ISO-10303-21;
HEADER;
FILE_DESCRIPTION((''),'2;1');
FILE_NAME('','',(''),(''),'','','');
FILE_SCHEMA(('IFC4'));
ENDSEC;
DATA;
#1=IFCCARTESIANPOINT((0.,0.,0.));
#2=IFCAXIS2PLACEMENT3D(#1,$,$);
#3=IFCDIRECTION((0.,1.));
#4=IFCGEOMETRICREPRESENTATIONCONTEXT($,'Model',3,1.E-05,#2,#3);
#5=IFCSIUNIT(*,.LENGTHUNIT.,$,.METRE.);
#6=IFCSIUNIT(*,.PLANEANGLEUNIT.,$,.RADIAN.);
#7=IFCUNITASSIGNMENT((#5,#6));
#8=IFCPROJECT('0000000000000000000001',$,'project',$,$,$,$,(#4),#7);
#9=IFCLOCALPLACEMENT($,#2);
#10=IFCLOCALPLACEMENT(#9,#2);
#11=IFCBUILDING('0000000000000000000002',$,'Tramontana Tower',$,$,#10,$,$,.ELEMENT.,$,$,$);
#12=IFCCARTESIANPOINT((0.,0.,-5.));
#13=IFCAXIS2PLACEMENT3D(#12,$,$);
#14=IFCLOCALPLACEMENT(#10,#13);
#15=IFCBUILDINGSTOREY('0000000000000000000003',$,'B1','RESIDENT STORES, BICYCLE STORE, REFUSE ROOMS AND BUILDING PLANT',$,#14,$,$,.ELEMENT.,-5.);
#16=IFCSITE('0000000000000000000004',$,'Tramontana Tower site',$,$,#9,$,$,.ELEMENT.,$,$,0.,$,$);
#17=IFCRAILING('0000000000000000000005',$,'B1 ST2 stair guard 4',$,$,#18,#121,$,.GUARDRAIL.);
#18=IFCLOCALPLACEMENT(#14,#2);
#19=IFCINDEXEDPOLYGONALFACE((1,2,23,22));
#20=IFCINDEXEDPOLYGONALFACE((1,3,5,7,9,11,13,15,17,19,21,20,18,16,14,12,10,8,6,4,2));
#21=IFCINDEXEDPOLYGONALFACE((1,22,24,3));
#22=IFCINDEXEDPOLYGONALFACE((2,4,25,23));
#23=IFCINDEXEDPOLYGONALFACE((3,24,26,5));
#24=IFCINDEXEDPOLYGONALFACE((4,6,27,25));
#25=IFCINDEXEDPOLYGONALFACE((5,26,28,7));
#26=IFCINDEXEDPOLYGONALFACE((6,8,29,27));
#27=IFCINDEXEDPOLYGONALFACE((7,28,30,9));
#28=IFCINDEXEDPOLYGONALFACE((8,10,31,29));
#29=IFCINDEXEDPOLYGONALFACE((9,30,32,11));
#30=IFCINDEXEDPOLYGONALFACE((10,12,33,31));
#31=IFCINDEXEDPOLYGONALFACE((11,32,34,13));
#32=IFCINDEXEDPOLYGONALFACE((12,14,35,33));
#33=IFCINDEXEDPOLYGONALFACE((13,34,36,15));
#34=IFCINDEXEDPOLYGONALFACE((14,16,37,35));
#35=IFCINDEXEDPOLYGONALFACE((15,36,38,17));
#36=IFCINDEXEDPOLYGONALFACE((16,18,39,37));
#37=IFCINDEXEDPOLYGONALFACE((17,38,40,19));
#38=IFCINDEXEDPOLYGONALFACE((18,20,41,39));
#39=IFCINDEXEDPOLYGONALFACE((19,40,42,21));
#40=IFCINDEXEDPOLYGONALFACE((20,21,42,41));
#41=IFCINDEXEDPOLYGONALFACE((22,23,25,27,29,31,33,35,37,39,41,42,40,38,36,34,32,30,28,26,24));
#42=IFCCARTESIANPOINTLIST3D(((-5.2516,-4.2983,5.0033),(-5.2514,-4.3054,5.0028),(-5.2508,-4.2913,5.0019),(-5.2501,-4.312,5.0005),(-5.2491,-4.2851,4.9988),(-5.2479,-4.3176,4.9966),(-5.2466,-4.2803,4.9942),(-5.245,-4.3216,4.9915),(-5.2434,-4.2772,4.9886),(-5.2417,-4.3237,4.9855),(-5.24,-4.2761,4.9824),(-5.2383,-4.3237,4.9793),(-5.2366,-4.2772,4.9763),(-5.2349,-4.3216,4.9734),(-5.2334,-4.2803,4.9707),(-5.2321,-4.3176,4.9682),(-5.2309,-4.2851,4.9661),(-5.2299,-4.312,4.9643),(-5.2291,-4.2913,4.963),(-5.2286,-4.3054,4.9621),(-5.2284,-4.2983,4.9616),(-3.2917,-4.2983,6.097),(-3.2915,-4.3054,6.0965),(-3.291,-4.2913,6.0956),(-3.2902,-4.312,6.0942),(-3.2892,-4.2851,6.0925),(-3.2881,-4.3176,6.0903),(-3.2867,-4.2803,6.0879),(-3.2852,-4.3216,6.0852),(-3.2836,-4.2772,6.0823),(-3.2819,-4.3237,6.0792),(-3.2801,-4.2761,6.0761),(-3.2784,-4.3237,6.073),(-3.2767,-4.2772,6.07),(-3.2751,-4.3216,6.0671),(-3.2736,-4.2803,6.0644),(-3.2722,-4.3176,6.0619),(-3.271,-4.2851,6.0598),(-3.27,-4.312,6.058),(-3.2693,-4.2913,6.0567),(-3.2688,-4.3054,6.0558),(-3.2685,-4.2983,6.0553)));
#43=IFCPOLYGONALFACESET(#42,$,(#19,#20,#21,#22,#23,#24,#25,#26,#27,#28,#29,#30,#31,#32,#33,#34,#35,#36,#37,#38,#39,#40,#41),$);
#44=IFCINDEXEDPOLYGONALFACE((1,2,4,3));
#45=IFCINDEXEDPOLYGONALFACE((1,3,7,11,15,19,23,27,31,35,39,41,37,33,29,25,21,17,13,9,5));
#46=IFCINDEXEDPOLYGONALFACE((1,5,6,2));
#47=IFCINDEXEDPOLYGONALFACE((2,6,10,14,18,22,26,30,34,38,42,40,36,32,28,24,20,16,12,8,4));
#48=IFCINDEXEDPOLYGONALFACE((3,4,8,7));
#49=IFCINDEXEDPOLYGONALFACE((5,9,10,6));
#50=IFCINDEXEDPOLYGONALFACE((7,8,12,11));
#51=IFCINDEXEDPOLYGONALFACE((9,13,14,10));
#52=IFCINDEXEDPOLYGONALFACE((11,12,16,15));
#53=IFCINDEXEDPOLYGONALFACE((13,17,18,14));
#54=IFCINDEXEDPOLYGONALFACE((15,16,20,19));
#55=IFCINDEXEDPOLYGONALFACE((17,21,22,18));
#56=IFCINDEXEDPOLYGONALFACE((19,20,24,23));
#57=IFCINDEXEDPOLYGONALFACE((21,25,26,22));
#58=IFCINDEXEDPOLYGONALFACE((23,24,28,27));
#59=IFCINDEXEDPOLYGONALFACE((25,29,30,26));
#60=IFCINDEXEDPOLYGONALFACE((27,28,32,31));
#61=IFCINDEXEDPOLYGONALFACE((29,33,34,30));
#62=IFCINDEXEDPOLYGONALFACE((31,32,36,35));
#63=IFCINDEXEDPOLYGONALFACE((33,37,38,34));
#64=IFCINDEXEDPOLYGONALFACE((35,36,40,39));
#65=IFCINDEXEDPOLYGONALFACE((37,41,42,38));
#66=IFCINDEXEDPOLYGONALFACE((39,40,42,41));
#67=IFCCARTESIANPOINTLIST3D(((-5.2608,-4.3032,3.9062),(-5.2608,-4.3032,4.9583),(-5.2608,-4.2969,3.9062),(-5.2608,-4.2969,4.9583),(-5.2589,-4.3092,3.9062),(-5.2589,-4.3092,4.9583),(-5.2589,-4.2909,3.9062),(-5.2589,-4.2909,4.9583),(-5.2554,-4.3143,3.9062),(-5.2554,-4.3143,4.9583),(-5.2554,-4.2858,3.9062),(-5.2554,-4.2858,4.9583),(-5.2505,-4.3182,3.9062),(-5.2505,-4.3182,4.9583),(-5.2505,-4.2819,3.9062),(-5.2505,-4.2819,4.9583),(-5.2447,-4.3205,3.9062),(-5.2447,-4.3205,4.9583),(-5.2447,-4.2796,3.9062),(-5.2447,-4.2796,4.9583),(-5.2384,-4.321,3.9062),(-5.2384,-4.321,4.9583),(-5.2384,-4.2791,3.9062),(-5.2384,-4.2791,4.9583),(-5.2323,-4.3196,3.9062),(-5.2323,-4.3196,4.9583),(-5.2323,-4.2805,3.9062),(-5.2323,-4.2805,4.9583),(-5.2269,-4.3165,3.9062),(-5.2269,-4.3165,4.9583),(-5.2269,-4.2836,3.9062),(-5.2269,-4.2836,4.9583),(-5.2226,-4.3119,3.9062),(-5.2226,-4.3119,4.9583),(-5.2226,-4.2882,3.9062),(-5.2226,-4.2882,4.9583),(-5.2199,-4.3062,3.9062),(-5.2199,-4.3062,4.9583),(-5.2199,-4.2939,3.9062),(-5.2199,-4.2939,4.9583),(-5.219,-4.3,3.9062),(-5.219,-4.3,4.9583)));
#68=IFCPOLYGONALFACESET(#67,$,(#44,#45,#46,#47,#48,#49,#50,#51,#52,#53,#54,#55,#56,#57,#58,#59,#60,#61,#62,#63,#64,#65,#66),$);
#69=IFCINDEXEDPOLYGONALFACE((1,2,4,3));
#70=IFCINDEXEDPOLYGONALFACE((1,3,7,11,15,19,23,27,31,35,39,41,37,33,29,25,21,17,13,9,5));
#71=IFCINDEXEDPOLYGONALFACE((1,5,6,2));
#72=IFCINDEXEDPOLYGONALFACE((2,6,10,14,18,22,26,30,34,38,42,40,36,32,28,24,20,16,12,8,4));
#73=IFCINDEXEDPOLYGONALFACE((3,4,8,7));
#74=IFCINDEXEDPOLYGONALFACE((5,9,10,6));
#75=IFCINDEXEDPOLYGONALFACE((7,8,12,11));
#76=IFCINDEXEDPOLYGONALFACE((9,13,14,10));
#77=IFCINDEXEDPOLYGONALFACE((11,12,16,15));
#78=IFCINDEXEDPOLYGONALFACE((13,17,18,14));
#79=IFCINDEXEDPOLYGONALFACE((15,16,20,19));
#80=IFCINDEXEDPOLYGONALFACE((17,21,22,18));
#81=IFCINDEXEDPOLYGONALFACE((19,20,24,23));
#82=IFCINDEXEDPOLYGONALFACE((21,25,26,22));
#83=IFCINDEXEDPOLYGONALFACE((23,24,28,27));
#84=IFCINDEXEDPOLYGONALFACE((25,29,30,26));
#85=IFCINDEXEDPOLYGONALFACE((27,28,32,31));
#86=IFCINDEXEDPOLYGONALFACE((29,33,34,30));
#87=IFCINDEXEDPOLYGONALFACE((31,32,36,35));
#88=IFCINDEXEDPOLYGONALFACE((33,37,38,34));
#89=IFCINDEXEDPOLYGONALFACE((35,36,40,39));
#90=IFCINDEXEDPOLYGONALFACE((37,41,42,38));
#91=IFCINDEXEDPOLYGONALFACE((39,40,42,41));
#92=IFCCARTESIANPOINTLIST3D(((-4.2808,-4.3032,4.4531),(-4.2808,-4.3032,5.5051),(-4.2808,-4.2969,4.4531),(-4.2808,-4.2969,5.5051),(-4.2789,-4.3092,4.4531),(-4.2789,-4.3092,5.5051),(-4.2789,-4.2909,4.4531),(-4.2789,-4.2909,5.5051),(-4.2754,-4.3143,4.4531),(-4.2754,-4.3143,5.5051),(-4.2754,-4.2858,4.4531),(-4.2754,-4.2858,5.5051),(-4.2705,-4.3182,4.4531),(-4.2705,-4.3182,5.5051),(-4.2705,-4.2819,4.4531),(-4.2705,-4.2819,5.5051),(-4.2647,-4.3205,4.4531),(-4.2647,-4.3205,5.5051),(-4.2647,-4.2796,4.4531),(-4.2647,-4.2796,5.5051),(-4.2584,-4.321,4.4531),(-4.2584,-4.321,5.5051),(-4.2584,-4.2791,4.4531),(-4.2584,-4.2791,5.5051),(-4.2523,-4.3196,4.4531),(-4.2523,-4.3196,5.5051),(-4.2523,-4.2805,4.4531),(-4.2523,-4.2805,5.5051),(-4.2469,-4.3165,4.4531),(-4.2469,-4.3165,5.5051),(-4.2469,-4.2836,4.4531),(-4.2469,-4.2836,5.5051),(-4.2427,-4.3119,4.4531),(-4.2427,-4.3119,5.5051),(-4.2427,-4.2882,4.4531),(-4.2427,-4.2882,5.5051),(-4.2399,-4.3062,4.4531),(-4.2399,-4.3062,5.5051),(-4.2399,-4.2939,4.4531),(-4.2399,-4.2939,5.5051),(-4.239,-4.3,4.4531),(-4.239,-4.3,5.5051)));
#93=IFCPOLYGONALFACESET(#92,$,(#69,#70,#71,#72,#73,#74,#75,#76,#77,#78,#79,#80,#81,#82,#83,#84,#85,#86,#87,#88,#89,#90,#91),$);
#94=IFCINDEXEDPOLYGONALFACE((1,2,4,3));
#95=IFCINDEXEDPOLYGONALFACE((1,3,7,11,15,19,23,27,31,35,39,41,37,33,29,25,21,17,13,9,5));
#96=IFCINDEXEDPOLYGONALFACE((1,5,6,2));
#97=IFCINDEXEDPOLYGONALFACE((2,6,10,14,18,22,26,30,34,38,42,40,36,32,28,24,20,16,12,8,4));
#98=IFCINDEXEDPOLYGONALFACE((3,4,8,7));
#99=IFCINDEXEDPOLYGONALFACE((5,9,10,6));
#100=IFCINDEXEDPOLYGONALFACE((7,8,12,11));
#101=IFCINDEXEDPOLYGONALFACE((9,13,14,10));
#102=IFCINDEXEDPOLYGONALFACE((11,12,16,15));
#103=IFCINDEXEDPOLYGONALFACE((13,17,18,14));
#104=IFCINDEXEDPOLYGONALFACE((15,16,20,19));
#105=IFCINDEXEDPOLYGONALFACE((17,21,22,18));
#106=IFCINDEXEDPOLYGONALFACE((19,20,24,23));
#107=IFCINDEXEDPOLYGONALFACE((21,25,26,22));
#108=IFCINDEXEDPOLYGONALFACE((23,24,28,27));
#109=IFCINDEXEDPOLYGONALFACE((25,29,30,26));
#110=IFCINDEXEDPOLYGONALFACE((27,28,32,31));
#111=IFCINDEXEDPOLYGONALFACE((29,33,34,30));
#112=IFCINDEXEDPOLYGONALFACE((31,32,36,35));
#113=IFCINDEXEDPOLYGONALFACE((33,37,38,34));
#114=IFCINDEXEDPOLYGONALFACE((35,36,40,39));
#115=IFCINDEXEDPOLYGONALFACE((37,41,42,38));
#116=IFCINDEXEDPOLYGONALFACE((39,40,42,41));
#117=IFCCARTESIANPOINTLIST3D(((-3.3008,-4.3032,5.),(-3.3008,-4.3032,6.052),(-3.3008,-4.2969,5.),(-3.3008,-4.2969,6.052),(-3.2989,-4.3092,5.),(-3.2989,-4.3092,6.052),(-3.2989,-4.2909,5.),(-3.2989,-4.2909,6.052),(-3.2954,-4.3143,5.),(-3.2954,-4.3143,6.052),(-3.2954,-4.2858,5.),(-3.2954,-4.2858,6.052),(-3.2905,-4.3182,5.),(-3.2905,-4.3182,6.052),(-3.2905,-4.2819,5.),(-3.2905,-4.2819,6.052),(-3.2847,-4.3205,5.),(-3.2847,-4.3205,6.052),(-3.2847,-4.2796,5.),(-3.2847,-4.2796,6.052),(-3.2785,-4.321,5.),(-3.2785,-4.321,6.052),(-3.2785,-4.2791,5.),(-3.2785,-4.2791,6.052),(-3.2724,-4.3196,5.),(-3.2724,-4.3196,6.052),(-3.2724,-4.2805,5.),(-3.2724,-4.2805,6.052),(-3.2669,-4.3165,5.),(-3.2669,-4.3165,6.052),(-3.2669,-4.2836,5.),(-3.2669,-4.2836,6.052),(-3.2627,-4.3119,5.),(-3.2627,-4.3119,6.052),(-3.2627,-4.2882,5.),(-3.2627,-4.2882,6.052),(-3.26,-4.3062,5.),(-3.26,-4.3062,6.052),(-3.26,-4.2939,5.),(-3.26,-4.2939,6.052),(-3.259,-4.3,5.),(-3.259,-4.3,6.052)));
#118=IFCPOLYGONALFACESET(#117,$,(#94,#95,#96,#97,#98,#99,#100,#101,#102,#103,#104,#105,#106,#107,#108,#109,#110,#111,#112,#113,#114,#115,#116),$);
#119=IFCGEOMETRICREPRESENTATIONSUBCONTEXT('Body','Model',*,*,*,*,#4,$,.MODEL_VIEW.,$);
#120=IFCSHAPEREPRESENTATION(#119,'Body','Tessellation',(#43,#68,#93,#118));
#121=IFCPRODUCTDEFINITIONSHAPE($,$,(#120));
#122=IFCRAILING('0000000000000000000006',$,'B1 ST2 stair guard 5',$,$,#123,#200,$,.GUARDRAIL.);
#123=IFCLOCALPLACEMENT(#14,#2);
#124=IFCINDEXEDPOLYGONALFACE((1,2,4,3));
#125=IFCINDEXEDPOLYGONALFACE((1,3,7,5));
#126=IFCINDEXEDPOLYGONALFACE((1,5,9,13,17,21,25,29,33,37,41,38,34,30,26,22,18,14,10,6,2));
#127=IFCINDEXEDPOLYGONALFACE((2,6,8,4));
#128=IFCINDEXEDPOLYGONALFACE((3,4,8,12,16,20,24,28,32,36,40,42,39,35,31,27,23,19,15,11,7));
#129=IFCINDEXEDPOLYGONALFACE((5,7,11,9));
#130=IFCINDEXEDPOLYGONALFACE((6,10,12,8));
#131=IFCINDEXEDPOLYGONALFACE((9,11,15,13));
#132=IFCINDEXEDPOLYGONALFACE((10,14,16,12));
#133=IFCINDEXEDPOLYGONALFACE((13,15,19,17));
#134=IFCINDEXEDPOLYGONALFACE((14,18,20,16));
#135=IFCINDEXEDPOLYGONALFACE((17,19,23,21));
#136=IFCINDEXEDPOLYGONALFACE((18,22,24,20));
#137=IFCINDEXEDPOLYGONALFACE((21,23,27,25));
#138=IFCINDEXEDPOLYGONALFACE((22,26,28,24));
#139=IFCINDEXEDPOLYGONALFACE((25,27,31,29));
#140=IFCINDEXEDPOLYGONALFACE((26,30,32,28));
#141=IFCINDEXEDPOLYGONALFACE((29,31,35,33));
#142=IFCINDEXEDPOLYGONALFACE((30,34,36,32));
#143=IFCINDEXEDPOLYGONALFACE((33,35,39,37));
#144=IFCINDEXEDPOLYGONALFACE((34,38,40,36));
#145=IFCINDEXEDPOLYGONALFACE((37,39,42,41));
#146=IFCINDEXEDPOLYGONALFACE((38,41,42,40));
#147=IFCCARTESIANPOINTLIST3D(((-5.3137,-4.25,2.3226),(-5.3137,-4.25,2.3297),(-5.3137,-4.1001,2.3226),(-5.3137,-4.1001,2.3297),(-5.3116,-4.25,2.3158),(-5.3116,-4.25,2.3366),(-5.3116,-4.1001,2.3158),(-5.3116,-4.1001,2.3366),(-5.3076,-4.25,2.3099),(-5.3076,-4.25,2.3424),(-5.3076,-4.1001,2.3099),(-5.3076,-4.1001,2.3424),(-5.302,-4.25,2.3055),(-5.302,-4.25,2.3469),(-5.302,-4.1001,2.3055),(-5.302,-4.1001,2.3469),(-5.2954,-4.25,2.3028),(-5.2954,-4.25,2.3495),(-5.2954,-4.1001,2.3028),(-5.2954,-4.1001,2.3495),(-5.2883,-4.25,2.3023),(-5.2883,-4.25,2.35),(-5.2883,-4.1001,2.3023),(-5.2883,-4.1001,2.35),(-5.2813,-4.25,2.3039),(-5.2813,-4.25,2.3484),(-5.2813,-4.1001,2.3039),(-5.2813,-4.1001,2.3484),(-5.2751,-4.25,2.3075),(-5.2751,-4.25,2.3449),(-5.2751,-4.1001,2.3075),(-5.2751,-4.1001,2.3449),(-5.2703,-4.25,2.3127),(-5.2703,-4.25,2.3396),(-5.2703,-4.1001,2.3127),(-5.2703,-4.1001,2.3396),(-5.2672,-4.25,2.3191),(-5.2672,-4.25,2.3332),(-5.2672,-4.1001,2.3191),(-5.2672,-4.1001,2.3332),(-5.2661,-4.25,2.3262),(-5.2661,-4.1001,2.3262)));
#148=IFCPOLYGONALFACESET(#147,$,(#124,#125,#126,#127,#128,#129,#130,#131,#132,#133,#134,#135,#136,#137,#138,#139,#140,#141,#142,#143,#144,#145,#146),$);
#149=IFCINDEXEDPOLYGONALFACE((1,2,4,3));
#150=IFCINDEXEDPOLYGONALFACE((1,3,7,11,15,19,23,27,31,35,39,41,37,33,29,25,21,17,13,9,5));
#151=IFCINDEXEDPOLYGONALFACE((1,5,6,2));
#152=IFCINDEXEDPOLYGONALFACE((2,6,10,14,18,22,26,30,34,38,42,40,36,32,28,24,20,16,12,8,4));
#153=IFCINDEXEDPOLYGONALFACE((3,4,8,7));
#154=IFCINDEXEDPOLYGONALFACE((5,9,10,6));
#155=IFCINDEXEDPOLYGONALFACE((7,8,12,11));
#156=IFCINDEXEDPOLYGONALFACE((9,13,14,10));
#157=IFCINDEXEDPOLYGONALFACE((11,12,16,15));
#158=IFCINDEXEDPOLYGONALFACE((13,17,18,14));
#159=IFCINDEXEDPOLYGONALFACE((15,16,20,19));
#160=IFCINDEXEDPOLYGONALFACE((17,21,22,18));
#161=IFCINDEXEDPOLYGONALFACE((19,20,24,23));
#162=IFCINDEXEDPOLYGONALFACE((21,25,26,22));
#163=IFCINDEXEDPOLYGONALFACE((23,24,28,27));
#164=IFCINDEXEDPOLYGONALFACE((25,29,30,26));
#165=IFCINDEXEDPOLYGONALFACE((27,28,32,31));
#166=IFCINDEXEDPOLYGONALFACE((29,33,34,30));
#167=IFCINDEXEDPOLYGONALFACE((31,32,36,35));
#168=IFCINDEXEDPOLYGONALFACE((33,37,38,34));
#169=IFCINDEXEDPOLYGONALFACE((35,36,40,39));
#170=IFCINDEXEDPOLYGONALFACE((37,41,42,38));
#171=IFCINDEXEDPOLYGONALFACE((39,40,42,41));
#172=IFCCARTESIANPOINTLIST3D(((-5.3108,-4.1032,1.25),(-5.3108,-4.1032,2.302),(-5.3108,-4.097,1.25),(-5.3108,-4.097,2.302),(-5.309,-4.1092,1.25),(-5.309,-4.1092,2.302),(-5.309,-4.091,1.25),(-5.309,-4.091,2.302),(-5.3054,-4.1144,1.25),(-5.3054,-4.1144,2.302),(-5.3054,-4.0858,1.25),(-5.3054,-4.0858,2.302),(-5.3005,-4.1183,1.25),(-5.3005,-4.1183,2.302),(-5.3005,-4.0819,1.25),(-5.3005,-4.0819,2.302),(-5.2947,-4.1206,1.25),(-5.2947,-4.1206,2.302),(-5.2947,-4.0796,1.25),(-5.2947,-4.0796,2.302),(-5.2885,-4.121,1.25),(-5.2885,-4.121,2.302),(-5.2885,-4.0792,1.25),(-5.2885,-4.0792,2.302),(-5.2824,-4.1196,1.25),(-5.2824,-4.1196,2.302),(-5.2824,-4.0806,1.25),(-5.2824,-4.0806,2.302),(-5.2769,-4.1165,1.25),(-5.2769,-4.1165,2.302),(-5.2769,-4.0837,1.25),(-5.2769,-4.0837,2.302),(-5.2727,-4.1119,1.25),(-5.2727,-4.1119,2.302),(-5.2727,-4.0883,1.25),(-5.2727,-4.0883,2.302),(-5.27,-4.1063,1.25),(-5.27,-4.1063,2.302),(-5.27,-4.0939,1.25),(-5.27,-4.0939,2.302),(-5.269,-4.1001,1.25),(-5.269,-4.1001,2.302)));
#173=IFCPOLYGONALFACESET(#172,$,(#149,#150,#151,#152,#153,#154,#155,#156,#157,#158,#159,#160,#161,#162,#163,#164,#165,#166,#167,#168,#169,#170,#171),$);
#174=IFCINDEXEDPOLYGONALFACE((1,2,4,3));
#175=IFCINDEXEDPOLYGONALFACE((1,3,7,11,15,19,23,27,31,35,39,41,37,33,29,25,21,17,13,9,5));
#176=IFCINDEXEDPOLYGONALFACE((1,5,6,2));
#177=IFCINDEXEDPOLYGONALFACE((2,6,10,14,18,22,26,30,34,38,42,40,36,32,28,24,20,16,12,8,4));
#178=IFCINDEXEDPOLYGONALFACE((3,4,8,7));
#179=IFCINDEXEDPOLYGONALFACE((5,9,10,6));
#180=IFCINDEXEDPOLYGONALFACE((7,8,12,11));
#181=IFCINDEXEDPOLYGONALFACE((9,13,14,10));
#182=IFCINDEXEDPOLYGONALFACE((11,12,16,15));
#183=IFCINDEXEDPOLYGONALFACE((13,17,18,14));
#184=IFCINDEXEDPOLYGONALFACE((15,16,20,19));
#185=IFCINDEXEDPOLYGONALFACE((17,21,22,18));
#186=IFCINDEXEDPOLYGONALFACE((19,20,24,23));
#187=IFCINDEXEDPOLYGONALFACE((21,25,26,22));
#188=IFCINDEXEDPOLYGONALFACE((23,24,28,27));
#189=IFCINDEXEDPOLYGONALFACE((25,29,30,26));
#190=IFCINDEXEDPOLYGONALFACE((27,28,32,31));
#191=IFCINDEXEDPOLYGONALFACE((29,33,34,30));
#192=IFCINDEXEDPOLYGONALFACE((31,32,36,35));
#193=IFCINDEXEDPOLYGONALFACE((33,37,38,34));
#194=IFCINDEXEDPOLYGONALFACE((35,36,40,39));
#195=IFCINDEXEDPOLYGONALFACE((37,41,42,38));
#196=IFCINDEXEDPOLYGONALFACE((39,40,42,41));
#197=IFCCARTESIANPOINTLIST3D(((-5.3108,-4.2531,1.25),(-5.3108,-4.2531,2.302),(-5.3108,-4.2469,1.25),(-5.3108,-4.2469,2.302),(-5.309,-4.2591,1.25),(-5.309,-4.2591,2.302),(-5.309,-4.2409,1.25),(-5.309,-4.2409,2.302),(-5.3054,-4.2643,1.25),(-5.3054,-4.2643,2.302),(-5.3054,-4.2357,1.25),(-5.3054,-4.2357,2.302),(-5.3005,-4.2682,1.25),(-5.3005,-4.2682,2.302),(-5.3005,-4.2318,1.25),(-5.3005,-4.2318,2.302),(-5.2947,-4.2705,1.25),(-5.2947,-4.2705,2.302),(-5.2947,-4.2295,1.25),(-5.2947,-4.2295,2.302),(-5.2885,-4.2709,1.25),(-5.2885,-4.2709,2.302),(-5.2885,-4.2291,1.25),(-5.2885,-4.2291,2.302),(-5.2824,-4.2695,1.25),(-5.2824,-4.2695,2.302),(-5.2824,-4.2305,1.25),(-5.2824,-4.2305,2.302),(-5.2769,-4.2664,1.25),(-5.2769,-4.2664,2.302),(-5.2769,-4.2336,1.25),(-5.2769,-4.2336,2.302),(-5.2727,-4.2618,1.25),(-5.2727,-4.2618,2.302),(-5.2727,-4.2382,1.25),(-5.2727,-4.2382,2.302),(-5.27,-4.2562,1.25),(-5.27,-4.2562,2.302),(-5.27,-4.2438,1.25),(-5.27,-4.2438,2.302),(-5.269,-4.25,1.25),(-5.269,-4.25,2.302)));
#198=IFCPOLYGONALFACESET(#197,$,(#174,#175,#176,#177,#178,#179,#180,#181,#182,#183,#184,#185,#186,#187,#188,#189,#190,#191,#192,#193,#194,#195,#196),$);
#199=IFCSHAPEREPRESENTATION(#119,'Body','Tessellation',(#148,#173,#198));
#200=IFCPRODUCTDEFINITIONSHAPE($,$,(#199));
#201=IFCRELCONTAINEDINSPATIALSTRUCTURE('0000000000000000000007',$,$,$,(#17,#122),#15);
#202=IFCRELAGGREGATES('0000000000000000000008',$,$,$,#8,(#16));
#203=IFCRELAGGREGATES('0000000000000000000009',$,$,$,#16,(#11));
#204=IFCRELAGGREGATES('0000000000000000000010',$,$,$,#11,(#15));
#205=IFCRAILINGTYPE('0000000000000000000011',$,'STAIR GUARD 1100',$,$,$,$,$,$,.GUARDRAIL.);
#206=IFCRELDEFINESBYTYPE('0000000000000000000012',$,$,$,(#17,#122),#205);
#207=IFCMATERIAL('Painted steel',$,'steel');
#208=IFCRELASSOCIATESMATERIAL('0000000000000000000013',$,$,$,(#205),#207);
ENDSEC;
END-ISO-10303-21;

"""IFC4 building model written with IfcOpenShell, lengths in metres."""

from ifc_helpers import new_model, si_unit, direction, frame, origin, origin_2d, place, context, subcontext, project, spatial, circle, extrude, material, type_object, element, save


model = new_model("IFC4")

# Units and contexts
model_context = context("Model", 3, precision=1e-05, world=origin(), true_north=direction((0.0, 1.0)))
body_context = subcontext(model_context, "Body", "Model", "MODEL_VIEW")
ifc_project = project(units=[si_unit("LENGTHUNIT", "METRE"), si_unit("PLANEANGLEUNIT", "RADIAN")], contexts=[model_context])

# Site, building, storey
site_placement = place(None, origin())
site = spatial("IfcSite", under=ifc_project, at=site_placement, Name="Tramontana Tower site", CompositionType="ELEMENT", RefElevation=0.0)
building_placement = place(site_placement, origin())
building = spatial("IfcBuilding", under=site, at=building_placement, Name="Tramontana Tower", CompositionType="ELEMENT")
storey_placement = place(building_placement, frame((0.0, 0.0, -5.0)))
storey = spatial("IfcBuildingStorey", under=building, at=storey_placement, Name="B1", Description="RESIDENT STORES, BICYCLE STORE, REFUSE ROOMS AND BUILDING PLANT", CompositionType="ELEMENT", Elevation=-5.0)

# Railings
ifc_material_1 = material(Name="Painted steel", Category="steel")
railing_type_1 = type_object("IfcRailingType", Name="STAIR GUARD 1100", PredefinedType="GUARDRAIL", material=ifc_material_1)
railing_1_placement = place(storey_placement, frame((-5.24, -4.3, 3.9062)))
element("IfcRailing", 1, at=railing_1_placement, inside=storey, type_object=railing_type_1, Name="B1 ST2 stair guard 4", PredefinedType="GUARDRAIL", context=body_context, shape_type="SweptSolid", body=[
    extrude(circle(Radius=0.0239, at=origin_2d()), frame((0.0, 0.0, 1.0762), z_axis=(0.873232, 0.0, 0.487304), x_axis=(0.0, 1.0, 0.0)), (0.0, 0.0, 1.0), 2.2444),
    extrude(circle(Radius=0.021, at=origin_2d()), origin(), (0.0, 0.0, 1.0), 1.052),
    extrude(circle(Radius=0.021, at=origin_2d()), frame((0.98, 0.0, 0.5469)), (0.0, 0.0, 1.0), 1.052),
    extrude(circle(Radius=0.021, at=origin_2d()), frame((1.96, 0.0, 1.0938)), (0.0, 0.0, 1.0), 1.052),
])
for number, where, name in (
    (2, (-5.29, -4.1001, 1.25), "B1 ST2 stair guard 5"),
):
    element("IfcRailing", number, at=place(storey_placement, frame(where)), inside=storey, type_object=railing_type_1, Name=name, PredefinedType="GUARDRAIL", context=body_context, shape_type="SweptSolid", body=[
        extrude(circle(Radius=0.0239, at=origin_2d()), frame((0.0, 0.0, 1.0762), z_axis=(0.0, -1.0, 0.0), x_axis=(1.0, 0.0, 0.0)), (0.0, 0.0, 1.0), 0.1499),
        extrude(circle(Radius=0.021, at=origin_2d()), origin(), (0.0, 0.0, 1.0), 1.052),
        extrude(circle(Radius=0.021, at=origin_2d()), frame((0.0, -0.1499, 0.0)), (0.0, 0.0, 1.0), 1.052),
    ])

save(model, "model.ifc")
